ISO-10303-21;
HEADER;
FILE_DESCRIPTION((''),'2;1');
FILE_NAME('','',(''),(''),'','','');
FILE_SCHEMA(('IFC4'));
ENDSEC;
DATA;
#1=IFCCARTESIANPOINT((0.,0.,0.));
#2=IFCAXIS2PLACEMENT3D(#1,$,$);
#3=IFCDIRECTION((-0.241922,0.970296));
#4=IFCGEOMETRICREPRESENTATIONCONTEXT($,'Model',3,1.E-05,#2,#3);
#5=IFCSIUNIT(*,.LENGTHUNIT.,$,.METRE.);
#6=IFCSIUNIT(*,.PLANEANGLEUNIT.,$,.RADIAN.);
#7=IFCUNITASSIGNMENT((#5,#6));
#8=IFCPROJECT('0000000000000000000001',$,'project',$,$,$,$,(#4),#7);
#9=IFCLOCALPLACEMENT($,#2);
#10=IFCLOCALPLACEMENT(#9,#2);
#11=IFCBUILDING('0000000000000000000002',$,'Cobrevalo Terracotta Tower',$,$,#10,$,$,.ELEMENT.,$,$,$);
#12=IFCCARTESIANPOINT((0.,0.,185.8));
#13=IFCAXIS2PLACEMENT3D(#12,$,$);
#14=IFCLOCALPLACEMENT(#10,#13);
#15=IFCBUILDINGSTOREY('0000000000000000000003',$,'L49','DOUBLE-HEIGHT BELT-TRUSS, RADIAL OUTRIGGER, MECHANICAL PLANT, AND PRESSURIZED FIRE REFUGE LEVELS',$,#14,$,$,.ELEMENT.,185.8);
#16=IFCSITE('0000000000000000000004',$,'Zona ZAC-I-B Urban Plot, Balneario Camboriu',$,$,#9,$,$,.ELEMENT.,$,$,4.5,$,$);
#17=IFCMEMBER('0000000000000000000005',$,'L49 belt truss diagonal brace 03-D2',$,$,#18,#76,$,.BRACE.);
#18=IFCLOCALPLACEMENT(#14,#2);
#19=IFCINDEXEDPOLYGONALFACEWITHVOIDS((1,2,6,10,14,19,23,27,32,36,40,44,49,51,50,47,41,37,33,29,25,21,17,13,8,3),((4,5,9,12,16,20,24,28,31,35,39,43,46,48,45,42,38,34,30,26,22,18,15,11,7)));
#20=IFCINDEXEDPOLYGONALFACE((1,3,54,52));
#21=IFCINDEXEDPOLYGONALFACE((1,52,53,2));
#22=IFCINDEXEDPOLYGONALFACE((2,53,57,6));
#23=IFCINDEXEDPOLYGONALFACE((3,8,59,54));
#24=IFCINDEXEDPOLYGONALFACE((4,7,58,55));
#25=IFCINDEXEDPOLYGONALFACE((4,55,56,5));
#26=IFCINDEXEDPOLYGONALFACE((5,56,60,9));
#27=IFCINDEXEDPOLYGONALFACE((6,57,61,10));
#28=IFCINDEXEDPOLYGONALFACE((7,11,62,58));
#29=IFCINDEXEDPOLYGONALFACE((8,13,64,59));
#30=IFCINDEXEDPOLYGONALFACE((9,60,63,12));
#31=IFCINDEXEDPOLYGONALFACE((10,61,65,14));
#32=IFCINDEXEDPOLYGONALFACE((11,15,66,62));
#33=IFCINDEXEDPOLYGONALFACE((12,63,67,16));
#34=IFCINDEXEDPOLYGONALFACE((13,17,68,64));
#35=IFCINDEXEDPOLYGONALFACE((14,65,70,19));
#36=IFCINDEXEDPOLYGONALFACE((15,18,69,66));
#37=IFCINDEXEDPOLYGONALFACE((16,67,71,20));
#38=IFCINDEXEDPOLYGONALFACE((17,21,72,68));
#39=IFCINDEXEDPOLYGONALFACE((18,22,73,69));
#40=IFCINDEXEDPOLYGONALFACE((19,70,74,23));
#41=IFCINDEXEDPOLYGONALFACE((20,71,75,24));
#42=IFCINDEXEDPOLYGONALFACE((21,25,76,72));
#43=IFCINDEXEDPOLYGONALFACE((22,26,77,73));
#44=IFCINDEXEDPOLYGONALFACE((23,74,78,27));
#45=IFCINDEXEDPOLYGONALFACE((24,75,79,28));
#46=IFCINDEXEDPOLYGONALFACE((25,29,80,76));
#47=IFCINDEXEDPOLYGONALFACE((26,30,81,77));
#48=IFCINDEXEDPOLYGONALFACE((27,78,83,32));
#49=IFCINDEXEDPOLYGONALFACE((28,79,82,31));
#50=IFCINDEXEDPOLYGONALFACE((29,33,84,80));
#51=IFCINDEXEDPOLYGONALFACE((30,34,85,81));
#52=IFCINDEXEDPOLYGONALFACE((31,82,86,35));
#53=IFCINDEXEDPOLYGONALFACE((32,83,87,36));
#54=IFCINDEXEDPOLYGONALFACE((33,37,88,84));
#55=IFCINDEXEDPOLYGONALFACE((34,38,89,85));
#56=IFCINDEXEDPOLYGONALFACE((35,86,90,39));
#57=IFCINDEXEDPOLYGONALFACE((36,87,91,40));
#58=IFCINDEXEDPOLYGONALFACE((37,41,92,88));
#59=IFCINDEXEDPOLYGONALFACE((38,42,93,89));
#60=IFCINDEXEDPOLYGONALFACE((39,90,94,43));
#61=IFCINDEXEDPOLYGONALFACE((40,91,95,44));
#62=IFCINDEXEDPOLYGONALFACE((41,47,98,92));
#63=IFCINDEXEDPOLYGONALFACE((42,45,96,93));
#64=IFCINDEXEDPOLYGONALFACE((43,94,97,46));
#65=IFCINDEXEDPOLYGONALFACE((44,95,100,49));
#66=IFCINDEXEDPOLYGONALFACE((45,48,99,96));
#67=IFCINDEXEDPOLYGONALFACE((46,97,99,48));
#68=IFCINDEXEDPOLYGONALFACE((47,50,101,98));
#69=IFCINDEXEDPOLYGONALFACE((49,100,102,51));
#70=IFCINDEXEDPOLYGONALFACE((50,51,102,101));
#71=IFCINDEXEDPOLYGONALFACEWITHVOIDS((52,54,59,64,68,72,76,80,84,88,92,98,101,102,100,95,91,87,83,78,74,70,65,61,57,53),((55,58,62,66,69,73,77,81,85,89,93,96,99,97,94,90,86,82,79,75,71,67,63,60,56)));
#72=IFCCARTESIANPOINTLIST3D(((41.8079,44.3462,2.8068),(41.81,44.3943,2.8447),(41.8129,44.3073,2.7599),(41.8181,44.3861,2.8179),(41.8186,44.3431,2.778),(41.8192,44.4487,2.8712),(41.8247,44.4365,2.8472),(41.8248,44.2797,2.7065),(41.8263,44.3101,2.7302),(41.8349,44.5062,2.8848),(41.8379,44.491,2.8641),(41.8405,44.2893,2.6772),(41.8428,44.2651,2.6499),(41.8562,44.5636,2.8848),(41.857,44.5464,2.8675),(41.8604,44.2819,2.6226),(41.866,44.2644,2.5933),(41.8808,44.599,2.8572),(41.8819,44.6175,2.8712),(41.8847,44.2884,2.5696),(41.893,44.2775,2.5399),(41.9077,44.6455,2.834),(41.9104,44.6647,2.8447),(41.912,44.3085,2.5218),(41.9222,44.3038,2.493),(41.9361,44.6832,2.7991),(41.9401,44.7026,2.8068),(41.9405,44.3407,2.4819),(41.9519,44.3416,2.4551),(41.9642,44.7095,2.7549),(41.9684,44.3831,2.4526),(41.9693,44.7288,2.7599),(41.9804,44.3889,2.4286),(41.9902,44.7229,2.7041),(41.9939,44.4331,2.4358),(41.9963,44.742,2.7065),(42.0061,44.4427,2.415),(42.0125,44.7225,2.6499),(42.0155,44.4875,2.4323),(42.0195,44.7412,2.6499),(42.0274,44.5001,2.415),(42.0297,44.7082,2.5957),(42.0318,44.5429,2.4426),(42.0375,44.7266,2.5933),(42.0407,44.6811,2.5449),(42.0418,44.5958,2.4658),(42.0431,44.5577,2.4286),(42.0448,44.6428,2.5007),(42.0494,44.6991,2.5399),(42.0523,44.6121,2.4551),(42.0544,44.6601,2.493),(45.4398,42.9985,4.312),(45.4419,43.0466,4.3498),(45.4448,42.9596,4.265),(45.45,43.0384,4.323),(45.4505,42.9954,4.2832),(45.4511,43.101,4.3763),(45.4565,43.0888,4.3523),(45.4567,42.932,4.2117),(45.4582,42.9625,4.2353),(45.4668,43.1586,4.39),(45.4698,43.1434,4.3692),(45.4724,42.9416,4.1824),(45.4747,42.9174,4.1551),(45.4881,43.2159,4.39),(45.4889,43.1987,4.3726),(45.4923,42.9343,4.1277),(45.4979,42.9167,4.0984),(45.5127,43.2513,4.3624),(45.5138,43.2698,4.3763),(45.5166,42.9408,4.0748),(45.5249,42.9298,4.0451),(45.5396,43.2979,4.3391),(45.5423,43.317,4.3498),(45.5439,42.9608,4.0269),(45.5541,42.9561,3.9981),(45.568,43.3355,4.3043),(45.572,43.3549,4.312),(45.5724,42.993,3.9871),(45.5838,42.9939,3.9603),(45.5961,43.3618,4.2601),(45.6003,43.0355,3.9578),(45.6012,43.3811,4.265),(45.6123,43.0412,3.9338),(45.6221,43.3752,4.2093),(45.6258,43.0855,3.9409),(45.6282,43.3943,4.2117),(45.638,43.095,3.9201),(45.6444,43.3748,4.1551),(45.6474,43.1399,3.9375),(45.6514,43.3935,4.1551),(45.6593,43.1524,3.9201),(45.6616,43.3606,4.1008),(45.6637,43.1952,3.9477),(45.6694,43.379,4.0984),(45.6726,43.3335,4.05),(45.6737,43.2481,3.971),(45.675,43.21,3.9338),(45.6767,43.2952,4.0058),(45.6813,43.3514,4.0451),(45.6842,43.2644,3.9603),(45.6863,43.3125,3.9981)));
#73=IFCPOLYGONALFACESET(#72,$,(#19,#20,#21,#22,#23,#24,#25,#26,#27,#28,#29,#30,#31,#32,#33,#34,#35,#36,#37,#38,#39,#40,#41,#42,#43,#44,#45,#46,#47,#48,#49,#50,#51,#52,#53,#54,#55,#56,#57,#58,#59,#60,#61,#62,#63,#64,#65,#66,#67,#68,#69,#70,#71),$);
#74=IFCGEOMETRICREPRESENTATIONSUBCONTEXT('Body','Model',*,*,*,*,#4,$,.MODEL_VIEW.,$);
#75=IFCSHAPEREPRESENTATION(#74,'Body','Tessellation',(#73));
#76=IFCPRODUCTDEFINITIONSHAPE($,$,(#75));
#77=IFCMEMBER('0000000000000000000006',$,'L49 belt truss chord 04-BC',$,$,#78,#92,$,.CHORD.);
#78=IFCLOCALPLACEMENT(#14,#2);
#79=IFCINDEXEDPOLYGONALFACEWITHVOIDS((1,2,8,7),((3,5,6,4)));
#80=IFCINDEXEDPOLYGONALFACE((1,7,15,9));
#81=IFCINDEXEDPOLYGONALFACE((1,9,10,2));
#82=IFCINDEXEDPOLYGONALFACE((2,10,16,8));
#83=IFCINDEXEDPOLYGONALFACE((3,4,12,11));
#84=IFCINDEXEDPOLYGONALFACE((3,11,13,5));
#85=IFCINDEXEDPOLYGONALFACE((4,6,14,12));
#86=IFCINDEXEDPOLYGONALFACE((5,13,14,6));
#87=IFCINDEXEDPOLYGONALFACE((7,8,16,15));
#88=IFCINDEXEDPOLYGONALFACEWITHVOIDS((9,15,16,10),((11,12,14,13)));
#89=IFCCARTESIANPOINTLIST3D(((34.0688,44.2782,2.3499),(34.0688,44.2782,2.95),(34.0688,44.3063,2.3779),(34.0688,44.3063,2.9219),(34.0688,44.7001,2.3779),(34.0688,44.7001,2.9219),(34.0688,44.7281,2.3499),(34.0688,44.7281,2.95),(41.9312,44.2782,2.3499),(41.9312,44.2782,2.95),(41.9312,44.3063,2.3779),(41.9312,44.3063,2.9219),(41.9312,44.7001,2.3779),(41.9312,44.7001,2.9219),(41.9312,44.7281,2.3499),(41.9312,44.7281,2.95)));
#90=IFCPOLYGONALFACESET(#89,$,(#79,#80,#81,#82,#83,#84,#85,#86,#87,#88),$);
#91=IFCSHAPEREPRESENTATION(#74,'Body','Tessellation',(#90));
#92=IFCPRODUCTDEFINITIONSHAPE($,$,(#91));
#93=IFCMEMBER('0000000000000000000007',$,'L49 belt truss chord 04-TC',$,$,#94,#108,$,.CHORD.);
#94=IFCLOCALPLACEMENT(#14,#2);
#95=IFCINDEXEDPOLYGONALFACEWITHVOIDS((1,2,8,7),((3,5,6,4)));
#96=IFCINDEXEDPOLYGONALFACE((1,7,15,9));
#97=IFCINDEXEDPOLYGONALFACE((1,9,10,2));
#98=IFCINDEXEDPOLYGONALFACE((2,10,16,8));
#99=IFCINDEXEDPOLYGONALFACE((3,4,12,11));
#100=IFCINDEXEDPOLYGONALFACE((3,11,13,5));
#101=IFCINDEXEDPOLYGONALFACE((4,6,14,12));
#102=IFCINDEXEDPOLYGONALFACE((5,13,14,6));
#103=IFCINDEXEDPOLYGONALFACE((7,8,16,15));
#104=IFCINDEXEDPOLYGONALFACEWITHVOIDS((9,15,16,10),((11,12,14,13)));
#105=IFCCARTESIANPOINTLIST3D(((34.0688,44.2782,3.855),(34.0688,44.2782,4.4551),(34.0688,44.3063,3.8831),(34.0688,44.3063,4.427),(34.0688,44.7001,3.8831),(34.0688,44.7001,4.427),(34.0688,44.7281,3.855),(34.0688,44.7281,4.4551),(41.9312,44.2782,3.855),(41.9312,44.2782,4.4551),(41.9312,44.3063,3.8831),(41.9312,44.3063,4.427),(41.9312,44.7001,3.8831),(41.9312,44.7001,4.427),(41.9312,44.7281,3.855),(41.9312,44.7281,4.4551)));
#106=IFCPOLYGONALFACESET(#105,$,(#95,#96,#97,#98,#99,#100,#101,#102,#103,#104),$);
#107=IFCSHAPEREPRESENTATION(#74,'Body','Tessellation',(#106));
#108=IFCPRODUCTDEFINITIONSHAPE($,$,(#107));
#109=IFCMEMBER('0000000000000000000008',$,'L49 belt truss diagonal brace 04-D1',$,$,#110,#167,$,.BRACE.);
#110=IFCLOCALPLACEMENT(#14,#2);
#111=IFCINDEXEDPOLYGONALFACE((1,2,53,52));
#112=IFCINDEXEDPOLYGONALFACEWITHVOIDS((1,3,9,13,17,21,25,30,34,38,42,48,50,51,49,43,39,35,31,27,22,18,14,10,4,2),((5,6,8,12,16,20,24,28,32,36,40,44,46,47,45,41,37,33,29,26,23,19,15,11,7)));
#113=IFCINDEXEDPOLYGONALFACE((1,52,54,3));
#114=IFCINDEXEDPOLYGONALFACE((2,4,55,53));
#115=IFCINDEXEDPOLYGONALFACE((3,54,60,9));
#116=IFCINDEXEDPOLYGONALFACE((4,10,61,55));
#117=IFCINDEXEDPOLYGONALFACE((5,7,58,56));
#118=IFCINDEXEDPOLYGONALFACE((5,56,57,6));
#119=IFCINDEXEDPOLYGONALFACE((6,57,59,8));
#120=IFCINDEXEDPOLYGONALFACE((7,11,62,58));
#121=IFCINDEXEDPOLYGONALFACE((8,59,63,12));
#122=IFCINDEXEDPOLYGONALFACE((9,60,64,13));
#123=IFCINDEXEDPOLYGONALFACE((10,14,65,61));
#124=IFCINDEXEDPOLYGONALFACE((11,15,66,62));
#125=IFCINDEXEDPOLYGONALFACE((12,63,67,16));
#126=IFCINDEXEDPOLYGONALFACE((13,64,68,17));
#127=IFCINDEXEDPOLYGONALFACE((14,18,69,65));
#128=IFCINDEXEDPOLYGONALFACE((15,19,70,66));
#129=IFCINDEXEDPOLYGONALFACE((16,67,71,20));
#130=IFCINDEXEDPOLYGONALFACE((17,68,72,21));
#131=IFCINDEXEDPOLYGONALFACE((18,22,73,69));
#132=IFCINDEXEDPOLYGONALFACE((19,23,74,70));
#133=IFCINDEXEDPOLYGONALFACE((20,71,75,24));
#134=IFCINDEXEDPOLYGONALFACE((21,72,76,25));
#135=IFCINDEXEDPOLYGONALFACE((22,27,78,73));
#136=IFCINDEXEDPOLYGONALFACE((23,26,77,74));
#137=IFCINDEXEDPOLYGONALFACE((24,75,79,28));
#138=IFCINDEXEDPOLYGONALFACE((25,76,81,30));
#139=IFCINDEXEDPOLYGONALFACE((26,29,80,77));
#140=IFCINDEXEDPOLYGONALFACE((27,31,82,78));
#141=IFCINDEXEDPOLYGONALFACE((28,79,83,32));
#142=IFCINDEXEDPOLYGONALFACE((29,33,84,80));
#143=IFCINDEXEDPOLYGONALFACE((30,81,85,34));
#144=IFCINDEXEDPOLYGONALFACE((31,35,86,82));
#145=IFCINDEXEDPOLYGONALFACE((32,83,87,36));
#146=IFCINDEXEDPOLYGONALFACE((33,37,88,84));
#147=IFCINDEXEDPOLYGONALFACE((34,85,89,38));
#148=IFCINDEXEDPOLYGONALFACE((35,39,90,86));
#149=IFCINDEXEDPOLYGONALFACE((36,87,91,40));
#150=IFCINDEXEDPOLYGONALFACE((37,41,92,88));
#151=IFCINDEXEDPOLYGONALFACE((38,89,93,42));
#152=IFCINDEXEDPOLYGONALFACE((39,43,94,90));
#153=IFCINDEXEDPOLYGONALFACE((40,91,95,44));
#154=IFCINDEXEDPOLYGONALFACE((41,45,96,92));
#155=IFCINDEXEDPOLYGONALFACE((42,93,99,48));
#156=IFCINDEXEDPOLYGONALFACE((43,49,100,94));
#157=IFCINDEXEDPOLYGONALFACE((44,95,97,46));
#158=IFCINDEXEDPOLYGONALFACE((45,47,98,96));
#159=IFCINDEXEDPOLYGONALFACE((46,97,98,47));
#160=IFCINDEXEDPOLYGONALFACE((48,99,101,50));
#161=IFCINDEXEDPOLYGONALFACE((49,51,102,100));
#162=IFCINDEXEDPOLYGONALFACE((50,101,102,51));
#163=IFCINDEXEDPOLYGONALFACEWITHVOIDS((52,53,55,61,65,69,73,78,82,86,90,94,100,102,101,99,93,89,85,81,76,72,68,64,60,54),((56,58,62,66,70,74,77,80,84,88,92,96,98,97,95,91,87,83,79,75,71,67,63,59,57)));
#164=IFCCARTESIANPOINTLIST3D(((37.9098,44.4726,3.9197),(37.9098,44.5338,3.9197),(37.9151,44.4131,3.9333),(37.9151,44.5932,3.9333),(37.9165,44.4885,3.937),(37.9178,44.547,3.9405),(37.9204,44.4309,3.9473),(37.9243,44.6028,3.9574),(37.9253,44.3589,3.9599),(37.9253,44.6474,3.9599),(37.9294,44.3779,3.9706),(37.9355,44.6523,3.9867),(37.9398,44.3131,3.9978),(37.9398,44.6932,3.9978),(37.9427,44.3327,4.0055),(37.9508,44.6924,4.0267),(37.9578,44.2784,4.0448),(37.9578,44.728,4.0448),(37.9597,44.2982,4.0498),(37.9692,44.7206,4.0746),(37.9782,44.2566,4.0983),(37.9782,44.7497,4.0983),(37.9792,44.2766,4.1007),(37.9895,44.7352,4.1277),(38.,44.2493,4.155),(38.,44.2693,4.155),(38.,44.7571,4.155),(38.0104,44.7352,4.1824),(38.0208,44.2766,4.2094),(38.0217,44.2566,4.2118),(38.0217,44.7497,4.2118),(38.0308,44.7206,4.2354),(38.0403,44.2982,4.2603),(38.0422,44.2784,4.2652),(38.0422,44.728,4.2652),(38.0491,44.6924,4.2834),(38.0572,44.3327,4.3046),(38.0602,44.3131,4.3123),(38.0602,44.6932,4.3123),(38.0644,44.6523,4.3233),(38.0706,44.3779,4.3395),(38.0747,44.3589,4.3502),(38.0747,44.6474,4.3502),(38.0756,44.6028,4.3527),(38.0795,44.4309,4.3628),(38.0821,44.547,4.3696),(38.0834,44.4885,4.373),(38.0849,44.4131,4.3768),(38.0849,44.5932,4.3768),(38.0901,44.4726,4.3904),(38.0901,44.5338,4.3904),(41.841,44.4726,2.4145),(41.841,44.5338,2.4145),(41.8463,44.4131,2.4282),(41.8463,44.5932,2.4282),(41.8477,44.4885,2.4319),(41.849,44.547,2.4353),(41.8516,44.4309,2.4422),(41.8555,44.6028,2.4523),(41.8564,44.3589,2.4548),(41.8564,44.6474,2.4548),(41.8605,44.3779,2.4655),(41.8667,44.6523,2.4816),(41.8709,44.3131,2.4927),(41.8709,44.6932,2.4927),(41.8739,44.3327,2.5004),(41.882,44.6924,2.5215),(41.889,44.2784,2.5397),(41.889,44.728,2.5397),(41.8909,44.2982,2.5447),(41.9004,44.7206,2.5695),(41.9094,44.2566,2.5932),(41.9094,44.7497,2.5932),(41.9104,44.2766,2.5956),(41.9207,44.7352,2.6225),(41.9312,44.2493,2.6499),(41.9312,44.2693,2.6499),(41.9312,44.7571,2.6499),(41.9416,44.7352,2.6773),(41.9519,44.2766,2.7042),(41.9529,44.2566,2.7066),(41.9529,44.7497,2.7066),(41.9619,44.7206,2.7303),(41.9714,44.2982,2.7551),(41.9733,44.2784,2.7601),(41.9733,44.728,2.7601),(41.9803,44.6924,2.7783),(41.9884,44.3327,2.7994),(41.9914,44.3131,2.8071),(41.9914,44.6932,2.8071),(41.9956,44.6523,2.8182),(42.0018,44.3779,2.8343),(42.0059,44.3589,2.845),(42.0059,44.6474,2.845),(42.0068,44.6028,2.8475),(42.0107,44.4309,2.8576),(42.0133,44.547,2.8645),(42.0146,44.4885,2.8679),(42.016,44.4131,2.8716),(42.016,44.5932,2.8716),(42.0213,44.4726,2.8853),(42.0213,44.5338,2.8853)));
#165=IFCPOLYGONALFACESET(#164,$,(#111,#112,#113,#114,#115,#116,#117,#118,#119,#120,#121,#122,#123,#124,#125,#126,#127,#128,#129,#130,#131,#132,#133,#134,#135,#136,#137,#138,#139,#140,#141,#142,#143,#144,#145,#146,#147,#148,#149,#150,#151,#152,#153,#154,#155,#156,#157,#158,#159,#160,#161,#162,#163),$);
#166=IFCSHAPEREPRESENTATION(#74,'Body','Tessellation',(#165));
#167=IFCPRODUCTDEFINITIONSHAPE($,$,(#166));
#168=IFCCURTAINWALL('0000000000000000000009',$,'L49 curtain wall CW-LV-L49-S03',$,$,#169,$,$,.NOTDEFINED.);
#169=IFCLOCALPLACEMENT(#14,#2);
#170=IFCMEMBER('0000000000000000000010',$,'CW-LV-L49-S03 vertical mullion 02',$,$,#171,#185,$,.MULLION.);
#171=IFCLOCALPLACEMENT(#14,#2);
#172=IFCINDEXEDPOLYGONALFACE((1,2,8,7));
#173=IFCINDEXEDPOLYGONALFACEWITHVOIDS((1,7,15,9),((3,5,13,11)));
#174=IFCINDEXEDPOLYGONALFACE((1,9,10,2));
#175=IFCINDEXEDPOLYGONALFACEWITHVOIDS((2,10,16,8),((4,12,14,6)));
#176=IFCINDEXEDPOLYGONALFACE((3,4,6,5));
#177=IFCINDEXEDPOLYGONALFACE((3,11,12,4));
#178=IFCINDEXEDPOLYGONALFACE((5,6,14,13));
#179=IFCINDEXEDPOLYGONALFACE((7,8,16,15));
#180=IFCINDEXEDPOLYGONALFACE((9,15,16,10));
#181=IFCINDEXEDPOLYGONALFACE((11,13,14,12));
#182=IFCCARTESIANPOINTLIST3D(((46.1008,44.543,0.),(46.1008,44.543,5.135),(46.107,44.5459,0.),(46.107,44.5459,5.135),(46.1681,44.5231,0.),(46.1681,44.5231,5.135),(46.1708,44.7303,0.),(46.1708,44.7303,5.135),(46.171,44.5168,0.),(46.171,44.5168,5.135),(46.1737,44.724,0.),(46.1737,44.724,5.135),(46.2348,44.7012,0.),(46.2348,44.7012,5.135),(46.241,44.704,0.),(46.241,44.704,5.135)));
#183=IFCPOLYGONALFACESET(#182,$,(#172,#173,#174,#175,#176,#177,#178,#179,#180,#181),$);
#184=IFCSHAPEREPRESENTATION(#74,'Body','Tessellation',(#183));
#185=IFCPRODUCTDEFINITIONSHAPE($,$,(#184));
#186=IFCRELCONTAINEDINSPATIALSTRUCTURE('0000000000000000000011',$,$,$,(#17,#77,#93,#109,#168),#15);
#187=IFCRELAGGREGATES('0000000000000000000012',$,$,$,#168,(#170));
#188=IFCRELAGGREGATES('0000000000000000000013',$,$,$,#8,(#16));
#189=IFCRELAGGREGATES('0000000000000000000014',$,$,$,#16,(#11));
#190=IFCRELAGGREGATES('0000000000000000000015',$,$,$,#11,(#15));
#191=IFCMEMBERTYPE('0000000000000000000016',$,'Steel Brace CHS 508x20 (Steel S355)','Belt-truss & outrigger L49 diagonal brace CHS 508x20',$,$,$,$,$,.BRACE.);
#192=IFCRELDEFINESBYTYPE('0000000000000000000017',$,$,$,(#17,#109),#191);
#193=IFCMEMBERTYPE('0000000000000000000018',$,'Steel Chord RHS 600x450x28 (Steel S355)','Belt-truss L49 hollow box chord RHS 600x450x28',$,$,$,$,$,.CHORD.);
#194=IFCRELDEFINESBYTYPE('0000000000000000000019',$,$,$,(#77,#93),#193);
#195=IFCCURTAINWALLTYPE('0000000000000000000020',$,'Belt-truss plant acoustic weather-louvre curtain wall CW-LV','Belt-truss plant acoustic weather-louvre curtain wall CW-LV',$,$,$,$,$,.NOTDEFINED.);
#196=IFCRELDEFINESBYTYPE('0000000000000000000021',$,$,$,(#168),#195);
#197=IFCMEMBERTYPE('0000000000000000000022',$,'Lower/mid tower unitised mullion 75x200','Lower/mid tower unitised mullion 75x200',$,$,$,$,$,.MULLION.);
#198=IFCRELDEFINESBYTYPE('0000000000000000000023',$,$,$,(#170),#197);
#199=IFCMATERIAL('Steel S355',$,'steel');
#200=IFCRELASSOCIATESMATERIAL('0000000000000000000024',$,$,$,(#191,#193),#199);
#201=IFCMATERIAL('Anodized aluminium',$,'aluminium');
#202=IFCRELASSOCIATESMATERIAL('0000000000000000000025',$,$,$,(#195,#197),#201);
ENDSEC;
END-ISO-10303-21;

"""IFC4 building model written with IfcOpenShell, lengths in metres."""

from ifc_helpers import new_model, si_unit, direction, frame, origin, origin_2d, place, context, subcontext, project, spatial, hollow_rectangle, hollow_circle, extrude, source, transform, mapped, material, material_profile, profile_set, type_object, element, aggregate, save


model = new_model("IFC4")

# Units and contexts
model_context = context("Model", 3, precision=1e-05, world=origin(), true_north=direction((-0.241922, 0.970296)))
body_context = subcontext(model_context, "Body", "Model", "MODEL_VIEW")
ifc_project = project(units=[si_unit("LENGTHUNIT", "METRE"), si_unit("PLANEANGLEUNIT", "RADIAN")], contexts=[model_context])

# Site, building, storey
site_placement = place(None, origin())
site = spatial("IfcSite", under=ifc_project, at=site_placement, Name="Zona ZAC-I-B Urban Plot, Balneario Camboriu", CompositionType="ELEMENT", RefElevation=4.5)
building_placement = place(site_placement, origin())
building = spatial("IfcBuilding", under=site, at=building_placement, Name="Cobrevalo Terracotta Tower", CompositionType="ELEMENT")
storey_placement = place(building_placement, frame((0.0, 0.0, 185.8)))
storey = spatial("IfcBuildingStorey", under=building, at=storey_placement, Name="L49", Description="DOUBLE-HEIGHT BELT-TRUSS, RADIAL OUTRIGGER, MECHANICAL PLANT, AND PRESSURIZED FIRE REFUGE LEVELS", CompositionType="ELEMENT", Elevation=185.8)

# Shared definitions
ifc_material_1 = material(Name="Steel S355", Category="steel")

# Members
ifc_material_profile_1 = material_profile(ifc_material_1, hollow_circle(Radius=0.2539, WallThickness=0.02, at=origin_2d()), Name="CHS 508x20")
ifc_profile_set_1 = profile_set([ifc_material_profile_1], Name="Steel S355")
member_type_1 = type_object("IfcMemberType", Name="Steel Brace CHS 508x20 (Steel S355)", Description="Belt-truss & outrigger L49 diagonal brace CHS 508x20", PredefinedType="BRACE", material=ifc_profile_set_1)
shared_shape_1 = source(origin(), body_context, "Body", "SweptSolid", [
    extrude(hollow_circle(Radius=0.2539, WallThickness=0.02, at=origin_2d()), origin(), (0.0, 0.0, 1.0), 4.156),
])
member_1_placement = place(storey_placement, frame((41.9312, 44.5032, 2.6499), z_axis=(0.873891, -0.324272, 0.362163), x_axis=(0.347889, 0.937536, 0.0)))
element("IfcMember", 1, at=member_1_placement, inside=storey, type_object=member_type_1, Name="L49 belt truss diagonal brace 03-D2", PredefinedType="BRACE", context=body_context, shape_type="MappedRepresentation", body=[
    mapped(shared_shape_1, transform((0.0, 0.0, 0.0), scale=1.0)),
])
ifc_material_profile_2 = material_profile(ifc_material_1, hollow_rectangle(XDim=0.45, YDim=0.6001, WallThickness=0.0281, at=origin_2d()), Name="RHS 600x450x28")
ifc_profile_set_2 = profile_set([ifc_material_profile_2], Name="Steel S355")
member_type_2 = type_object("IfcMemberType", Name="Steel Chord RHS 600x450x28 (Steel S355)", Description="Belt-truss L49 hollow box chord RHS 600x450x28", PredefinedType="CHORD", material=ifc_profile_set_2)
shared_shape_2 = source(origin(), body_context, "Body", "SweptSolid", [
    extrude(hollow_rectangle(XDim=0.45, YDim=0.6001, WallThickness=0.0281, at=origin_2d()), origin(), (0.0, 0.0, 1.0), 7.8623),
])
for number, where, z_axis, x_axis, name in (
    (2, (41.9312, 44.5032, 2.6499), (-1.0, 0.0, 0.0), (0.0, -1.0, 0.0), "L49 belt truss chord 04-BC"),
    (3, (41.9312, 44.5032, 4.155), (-1.0, 0.0, 0.0), (0.0, -1.0, 0.0), "L49 belt truss chord 04-TC"),
):
    element("IfcMember", number, at=place(storey_placement, frame(where, z_axis=z_axis, x_axis=x_axis)), inside=storey, type_object=member_type_2, Name=name, PredefinedType="CHORD", context=body_context, shape_type="MappedRepresentation", body=[
        mapped(shared_shape_2, transform((0.0, 0.0, 0.0), scale=1.0)),
    ])
shared_shape_3 = source(origin(), body_context, "Body", "SweptSolid", [
    extrude(hollow_circle(Radius=0.2539, WallThickness=0.02, at=origin_2d()), origin(), (0.0, 0.0, 1.0), 4.2095),
])
member_2_placement = place(storey_placement, frame((41.9312, 44.5032, 2.6499), z_axis=(-0.93389, 0.0, 0.35756), x_axis=(0.0, -1.0, 0.0)))
element("IfcMember", 4, at=member_2_placement, inside=storey, type_object=member_type_1, Name="L49 belt truss diagonal brace 04-D1", PredefinedType="BRACE", context=body_context, shape_type="MappedRepresentation", body=[
    mapped(shared_shape_3, transform((0.0, 0.0, 0.0), scale=1.0)),
])

# Curtain wall, member
ifc_material_2 = material(Name="Anodized aluminium", Category="aluminium")
curtain_wall_type = type_object("IfcCurtainWallType", Name="Belt-truss plant acoustic weather-louvre curtain wall CW-LV", Description="Belt-truss plant acoustic weather-louvre curtain wall CW-LV", PredefinedType="NOTDEFINED", material=ifc_material_2)
curtain_wall_1_placement = place(storey_placement, origin())
curtain_wall_1 = element("IfcCurtainWall", 5, at=curtain_wall_1_placement, inside=storey, type_object=curtain_wall_type, Name="L49 curtain wall CW-LV-L49-S03", PredefinedType="NOTDEFINED")
ifc_material_profile_3 = material_profile(ifc_material_2, hollow_rectangle(XDim=0.075, YDim=0.2, WallThickness=0.0049, at=origin_2d()), Name="CWM 75x200")
ifc_profile_set_3 = profile_set([ifc_material_profile_3], Name="Anodized aluminium")
member_type_3 = type_object("IfcMemberType", Name="Lower/mid tower unitised mullion 75x200", Description="Lower/mid tower unitised mullion 75x200", PredefinedType="MULLION", material=ifc_profile_set_3)
shared_shape_4 = source(origin(), body_context, "Body", "SweptSolid", [
    extrude(hollow_rectangle(XDim=0.075, YDim=0.2, WallThickness=0.0049, at=origin_2d()), origin(), (0.0, 0.0, 1.0), 5.135),
])
member_3_placement = place(storey_placement, frame((46.1709, 44.6235, 0.0), z_axis=(0.0, 0.0, 1.0), x_axis=(-0.936556, 0.350518, 0.0)))
member_3 = element("IfcMember", 6, at=member_3_placement, type_object=member_type_3, Name="CW-LV-L49-S03 vertical mullion 02", PredefinedType="MULLION", context=body_context, shape_type="MappedRepresentation", body=[
    mapped(shared_shape_4, transform((0.0, 0.0, 0.0), scale=1.0)),
])

aggregate(curtain_wall_1, [member_3])

save(model, "model.ifc")
